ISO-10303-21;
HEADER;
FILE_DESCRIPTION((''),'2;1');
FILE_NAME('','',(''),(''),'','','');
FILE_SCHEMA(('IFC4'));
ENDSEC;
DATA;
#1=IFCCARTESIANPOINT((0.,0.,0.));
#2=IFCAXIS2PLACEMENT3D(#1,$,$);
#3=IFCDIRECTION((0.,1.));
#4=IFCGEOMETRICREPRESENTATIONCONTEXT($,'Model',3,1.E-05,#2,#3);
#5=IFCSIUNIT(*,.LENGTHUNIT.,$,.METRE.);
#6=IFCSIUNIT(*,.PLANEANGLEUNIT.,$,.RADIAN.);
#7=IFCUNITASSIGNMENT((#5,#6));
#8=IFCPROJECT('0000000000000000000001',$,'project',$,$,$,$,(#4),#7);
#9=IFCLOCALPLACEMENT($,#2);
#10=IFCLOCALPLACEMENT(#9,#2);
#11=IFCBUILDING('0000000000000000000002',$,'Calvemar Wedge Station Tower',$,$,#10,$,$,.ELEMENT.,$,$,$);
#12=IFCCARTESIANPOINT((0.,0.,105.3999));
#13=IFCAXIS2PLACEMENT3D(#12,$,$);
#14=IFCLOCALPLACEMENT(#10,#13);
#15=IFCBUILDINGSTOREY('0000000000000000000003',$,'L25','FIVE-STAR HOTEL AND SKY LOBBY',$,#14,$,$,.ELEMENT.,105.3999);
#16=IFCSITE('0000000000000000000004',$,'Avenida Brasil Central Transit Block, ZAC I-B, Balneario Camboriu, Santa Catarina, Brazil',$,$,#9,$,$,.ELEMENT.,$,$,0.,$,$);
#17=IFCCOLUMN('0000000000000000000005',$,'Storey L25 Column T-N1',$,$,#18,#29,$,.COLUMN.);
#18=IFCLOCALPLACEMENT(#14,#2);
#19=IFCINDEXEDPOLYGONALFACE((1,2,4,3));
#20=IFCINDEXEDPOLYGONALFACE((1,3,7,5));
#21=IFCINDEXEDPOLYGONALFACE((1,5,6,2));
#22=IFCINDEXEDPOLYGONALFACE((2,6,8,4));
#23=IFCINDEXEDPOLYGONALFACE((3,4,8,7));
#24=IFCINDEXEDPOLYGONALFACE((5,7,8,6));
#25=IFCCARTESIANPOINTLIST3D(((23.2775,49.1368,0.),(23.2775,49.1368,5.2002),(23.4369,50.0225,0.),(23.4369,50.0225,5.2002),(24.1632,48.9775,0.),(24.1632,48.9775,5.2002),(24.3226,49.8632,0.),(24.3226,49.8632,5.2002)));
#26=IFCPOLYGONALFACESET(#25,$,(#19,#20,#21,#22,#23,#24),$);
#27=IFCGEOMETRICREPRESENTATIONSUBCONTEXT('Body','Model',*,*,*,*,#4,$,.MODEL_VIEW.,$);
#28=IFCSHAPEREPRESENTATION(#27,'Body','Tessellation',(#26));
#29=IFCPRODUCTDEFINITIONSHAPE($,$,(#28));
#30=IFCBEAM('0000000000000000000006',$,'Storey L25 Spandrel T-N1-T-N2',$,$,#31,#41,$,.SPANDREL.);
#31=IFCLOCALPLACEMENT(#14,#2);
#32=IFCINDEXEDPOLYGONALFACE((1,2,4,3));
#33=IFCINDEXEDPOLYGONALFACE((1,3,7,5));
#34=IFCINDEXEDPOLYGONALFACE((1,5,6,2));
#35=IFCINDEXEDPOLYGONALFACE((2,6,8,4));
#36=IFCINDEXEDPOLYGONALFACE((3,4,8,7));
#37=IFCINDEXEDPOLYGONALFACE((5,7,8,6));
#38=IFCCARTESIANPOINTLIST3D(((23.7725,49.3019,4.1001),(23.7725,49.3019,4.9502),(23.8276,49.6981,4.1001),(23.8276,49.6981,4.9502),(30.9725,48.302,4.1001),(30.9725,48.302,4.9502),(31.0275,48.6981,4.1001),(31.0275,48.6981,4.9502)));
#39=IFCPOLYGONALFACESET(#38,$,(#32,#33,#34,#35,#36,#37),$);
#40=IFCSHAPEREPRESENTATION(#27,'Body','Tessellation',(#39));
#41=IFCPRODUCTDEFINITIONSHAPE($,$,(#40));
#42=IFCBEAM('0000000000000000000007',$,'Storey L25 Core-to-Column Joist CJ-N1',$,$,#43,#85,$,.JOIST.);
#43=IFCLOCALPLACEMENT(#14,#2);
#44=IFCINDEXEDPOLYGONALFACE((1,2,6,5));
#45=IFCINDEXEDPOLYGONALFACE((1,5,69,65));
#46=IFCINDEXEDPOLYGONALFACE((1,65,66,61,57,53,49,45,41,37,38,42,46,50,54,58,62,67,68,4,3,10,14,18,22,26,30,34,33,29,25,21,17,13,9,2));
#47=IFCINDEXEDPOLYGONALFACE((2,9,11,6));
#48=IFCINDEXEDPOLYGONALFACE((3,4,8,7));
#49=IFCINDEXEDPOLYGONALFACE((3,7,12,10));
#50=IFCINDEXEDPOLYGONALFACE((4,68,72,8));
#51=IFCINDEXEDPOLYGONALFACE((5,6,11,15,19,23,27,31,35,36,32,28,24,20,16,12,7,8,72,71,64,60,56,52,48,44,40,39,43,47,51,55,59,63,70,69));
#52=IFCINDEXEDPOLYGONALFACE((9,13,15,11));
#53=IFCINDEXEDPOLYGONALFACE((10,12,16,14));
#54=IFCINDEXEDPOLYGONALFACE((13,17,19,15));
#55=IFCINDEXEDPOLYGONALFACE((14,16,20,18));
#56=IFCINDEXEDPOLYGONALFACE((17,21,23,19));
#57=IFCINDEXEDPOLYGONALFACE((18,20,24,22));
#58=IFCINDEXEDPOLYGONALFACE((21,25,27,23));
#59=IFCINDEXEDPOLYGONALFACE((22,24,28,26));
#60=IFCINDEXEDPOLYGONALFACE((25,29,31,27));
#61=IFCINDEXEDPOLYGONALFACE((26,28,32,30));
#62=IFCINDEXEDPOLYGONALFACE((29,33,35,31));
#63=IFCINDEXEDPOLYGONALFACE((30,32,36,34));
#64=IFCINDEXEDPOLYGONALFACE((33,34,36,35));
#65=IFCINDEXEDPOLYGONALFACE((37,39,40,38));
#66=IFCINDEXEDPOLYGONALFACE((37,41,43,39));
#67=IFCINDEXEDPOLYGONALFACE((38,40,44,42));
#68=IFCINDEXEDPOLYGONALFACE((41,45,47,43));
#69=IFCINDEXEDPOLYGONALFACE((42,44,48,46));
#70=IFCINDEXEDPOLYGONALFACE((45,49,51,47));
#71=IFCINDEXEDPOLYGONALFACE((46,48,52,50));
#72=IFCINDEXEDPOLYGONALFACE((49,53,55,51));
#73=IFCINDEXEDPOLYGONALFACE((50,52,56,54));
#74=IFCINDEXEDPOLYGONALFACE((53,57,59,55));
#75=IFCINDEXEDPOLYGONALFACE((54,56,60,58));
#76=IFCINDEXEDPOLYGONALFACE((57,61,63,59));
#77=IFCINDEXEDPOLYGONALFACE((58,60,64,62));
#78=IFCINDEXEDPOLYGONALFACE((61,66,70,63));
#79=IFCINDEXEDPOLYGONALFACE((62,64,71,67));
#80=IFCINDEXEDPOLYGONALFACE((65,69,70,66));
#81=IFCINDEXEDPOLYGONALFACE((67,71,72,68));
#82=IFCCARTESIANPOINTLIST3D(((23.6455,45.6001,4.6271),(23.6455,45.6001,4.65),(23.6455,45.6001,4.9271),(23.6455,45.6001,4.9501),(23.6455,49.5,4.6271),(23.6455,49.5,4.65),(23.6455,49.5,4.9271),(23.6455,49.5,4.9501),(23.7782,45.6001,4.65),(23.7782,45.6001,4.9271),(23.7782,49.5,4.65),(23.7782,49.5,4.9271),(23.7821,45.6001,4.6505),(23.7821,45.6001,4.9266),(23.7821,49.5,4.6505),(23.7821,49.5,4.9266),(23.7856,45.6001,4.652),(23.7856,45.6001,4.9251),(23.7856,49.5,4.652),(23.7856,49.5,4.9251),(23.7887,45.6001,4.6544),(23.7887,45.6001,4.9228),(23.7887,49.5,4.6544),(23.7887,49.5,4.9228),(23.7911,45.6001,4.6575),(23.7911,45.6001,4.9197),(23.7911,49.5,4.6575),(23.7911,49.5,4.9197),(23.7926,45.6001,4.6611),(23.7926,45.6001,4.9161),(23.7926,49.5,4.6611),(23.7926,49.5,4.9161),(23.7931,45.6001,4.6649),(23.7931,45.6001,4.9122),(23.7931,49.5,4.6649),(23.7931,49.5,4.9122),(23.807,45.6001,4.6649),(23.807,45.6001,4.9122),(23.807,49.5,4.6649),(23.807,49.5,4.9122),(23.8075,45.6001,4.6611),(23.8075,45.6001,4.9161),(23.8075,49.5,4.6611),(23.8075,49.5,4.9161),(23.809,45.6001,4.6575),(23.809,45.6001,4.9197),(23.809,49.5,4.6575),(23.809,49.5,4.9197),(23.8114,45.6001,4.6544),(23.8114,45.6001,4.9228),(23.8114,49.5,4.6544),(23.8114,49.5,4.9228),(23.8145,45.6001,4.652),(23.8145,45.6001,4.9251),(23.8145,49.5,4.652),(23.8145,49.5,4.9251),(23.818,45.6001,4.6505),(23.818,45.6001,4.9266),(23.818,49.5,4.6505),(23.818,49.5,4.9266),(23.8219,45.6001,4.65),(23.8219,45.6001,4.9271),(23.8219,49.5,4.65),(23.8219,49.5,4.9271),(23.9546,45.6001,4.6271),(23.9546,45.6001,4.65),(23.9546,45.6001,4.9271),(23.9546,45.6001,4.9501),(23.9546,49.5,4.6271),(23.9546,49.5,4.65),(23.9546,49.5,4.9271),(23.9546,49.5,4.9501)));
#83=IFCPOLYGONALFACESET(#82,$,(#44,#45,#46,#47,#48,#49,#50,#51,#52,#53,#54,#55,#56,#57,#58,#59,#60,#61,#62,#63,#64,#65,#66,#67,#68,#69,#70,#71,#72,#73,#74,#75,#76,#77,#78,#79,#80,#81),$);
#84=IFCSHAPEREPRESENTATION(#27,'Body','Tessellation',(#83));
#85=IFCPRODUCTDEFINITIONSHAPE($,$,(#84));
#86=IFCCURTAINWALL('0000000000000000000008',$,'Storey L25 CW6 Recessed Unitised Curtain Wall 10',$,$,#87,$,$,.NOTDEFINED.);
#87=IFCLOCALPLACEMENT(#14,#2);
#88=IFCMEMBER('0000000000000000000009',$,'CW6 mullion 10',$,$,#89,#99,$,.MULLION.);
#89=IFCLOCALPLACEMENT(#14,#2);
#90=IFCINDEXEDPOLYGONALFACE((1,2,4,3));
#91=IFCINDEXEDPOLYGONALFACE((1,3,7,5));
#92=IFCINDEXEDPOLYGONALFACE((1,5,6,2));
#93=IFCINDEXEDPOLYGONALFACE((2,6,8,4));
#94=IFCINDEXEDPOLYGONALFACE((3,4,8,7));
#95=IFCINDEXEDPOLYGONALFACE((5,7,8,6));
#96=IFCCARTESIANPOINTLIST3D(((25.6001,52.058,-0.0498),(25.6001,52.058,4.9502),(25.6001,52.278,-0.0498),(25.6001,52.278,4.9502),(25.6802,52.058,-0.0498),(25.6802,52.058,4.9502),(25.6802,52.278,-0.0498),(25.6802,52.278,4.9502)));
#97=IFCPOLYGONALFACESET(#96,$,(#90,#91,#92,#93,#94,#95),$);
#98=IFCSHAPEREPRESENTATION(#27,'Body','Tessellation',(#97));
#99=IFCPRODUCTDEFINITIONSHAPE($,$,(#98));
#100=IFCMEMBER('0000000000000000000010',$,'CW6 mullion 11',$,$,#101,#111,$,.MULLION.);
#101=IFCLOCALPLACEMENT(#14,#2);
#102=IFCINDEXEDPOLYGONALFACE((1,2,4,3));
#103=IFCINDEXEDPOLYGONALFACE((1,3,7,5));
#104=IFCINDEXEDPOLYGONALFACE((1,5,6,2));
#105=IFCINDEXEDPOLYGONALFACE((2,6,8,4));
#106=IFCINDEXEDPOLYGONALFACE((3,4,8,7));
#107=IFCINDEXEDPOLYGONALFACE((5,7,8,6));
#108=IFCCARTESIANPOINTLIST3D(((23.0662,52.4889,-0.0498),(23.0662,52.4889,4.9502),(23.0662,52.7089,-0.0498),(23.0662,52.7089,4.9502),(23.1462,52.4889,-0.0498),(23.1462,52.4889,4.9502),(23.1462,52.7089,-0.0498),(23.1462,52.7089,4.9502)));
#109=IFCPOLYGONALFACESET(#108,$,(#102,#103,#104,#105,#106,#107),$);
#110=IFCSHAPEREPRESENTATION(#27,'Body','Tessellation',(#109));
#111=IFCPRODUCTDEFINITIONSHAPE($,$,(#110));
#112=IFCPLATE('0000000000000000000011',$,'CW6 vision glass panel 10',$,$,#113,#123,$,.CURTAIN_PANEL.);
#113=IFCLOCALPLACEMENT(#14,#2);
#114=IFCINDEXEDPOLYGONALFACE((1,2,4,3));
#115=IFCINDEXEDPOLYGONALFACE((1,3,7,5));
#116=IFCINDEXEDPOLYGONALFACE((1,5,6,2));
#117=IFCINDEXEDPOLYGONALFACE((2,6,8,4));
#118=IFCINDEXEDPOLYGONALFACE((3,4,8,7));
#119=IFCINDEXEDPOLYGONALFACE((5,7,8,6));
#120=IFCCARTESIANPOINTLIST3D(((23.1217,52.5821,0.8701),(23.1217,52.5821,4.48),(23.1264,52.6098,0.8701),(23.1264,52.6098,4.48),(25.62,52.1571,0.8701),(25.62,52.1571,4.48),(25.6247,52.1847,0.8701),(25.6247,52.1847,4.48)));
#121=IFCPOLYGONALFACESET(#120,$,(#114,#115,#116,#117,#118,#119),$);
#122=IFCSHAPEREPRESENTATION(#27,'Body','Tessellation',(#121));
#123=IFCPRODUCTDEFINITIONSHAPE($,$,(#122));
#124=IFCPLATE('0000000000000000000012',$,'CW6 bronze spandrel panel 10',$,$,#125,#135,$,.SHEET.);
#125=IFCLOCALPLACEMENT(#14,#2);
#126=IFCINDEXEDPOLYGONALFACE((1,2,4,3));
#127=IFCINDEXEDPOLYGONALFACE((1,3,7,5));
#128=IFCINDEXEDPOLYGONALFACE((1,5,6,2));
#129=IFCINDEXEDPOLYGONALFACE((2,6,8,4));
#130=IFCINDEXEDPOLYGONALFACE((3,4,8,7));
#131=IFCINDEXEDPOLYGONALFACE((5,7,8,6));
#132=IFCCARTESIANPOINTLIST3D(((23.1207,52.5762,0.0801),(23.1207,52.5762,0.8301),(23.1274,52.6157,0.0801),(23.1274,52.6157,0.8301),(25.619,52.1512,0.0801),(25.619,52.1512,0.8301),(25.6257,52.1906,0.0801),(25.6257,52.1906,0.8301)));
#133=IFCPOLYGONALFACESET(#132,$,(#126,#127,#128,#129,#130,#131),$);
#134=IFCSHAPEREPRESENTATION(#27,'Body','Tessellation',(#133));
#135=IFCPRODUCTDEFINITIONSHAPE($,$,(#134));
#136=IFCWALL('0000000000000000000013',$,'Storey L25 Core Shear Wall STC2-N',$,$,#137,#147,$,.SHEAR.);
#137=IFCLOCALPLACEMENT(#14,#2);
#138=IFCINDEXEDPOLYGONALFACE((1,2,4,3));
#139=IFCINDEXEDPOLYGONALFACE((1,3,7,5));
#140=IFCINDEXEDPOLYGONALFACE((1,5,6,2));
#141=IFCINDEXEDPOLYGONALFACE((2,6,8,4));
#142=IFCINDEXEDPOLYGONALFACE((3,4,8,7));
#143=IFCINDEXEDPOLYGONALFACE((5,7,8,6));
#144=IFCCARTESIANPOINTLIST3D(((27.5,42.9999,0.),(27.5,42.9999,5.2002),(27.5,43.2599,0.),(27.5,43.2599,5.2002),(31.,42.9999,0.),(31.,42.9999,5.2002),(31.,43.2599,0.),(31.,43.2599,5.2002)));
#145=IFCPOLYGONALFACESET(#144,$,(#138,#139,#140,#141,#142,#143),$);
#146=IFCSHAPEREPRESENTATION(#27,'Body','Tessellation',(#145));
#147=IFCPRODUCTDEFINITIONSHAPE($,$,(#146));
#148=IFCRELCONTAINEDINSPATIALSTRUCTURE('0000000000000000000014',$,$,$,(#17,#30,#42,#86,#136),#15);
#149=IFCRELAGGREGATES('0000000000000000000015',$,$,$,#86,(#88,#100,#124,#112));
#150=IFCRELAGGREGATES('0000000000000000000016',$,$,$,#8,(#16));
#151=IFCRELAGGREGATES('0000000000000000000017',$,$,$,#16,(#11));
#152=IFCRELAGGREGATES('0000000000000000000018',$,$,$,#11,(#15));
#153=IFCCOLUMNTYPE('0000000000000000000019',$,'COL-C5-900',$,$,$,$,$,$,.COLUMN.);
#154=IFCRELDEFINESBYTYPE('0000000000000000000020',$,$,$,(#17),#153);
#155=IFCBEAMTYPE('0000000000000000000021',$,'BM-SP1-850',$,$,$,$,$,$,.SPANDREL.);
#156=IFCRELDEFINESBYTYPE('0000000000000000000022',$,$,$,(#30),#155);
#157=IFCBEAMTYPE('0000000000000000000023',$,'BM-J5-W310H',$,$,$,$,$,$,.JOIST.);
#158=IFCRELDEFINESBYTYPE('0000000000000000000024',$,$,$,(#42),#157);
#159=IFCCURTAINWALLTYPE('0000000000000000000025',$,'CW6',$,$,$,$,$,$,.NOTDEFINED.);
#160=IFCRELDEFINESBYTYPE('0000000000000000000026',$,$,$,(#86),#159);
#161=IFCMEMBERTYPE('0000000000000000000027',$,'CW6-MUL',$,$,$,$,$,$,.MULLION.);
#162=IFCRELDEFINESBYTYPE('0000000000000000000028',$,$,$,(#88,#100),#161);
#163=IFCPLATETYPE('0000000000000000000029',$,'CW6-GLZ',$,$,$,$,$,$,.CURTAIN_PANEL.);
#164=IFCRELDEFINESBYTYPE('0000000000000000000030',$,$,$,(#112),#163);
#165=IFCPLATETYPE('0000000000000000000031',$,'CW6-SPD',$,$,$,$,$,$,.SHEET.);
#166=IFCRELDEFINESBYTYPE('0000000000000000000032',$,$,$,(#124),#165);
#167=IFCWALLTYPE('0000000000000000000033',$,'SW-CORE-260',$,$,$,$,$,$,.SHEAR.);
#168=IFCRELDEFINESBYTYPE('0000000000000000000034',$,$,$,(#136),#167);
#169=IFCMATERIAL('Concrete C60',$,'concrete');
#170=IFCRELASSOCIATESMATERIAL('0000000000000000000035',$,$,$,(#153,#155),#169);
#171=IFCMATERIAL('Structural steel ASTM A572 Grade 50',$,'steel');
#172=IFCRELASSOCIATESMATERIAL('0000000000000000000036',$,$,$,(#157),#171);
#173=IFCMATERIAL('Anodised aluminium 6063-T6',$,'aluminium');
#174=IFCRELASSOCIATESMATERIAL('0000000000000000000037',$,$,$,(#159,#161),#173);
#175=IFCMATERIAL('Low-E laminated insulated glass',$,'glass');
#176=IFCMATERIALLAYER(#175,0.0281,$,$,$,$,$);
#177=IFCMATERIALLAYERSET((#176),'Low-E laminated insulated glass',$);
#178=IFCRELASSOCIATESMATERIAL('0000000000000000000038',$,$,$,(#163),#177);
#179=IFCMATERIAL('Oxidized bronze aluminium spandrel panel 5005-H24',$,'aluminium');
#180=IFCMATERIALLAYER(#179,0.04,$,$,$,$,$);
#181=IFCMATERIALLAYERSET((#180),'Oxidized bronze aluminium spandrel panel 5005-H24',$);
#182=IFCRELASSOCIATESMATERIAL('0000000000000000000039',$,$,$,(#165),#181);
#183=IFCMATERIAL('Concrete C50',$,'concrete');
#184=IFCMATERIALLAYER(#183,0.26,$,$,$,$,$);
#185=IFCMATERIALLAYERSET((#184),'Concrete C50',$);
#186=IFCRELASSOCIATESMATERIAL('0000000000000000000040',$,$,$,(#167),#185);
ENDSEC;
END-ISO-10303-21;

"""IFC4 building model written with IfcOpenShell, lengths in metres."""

from ifc_helpers import new_model, si_unit, direction, frame, frame_2d, origin, origin_2d, place, context, subcontext, project, spatial, rectangle, i_section, extrude, source, transform, mapped, material, layer, layer_set, material_profile, profile_set, type_object, element, aggregate, save


model = new_model("IFC4")

# Units and contexts
model_context = context("Model", 3, precision=1e-05, world=origin(), true_north=direction((0.0, 1.0)))
body_context = subcontext(model_context, "Body", "Model", "MODEL_VIEW")
ifc_project = project(units=[si_unit("LENGTHUNIT", "METRE"), si_unit("PLANEANGLEUNIT", "RADIAN")], contexts=[model_context])

# Site, building, storey
site_placement = place(None, origin())
site = spatial("IfcSite", under=ifc_project, at=site_placement, Name="Avenida Brasil Central Transit Block, ZAC I-B, Balneario Camboriu, Santa Catarina, Brazil", CompositionType="ELEMENT", RefElevation=0.0)
building_placement = place(site_placement, origin())
building = spatial("IfcBuilding", under=site, at=building_placement, Name="Calvemar Wedge Station Tower", CompositionType="ELEMENT")
storey_placement = place(building_placement, frame((0.0, 0.0, 105.3999)))
storey = spatial("IfcBuildingStorey", under=building, at=storey_placement, Name="L25", Description="FIVE-STAR HOTEL AND SKY LOBBY", CompositionType="ELEMENT", Elevation=105.3999)

# Column
ifc_material_1 = material(Name="Concrete C60", Category="concrete")
ifc_material_profile_1 = material_profile(ifc_material_1, rectangle(XDim=0.8999, YDim=0.8999, at=origin_2d()), Name="RC900x900")
ifc_profile_set_1 = profile_set([ifc_material_profile_1], Name="Concrete C60")
column_type = type_object("IfcColumnType", Name="COL-C5-900", PredefinedType="COLUMN", material=ifc_profile_set_1)
shared_shape_1 = source(origin(), body_context, "Body", "SweptSolid", [
    extrude(rectangle(XDim=0.8999, YDim=0.8999, at=origin_2d()), origin(), (0.0, 0.0, 1.0), 5.2002),
])
column_placement = place(storey_placement, frame((23.8, 49.5, 0.0), z_axis=(0.0, 0.0, 1.0), x_axis=(0.984196, -0.177085, 0.0)))
element("IfcColumn", 1, at=column_placement, inside=storey, type_object=column_type, Name="Storey L25 Column T-N1", PredefinedType="COLUMN", context=body_context, shape_type="MappedRepresentation", body=[
    mapped(shared_shape_1, transform((0.0, 0.0, 0.0), scale=1.0)),
])

# Beams
ifc_material_profile_2 = material_profile(ifc_material_1, rectangle(XDim=0.3999, YDim=0.8501, at=origin_2d()), Name="RC400x850")
ifc_profile_set_2 = profile_set([ifc_material_profile_2], Name="Concrete C60")
beam_type_1 = type_object("IfcBeamType", Name="BM-SP1-850", PredefinedType="SPANDREL", material=ifc_profile_set_2)
shared_shape_2 = source(origin(), body_context, "Body", "SweptSolid", [
    extrude(rectangle(XDim=0.3999, YDim=0.8501, at=origin_2d()), origin(), (0.0, 0.0, 1.0), 7.269),
])
beam_1_placement = place(storey_placement, frame((23.8, 49.5, 4.5251), z_axis=(0.990492, -0.137569, 0.0), x_axis=(0.137569, 0.990492, 0.0)))
element("IfcBeam", 2, at=beam_1_placement, inside=storey, type_object=beam_type_1, Name="Storey L25 Spandrel T-N1-T-N2", PredefinedType="SPANDREL", context=body_context, shape_type="MappedRepresentation", body=[
    mapped(shared_shape_2, transform((0.0, 0.0, 0.0), scale=1.0)),
])
ifc_material_2 = material(Name="Structural steel ASTM A572 Grade 50", Category="steel")
ifc_material_profile_3 = material_profile(ifc_material_2, i_section(OverallWidth=0.3091, OverallDepth=0.323, WebThickness=0.0139, FlangeThickness=0.0229, FilletRadius=0.0149, at=origin_2d()), Name="W310x143")
ifc_profile_set_3 = profile_set([ifc_material_profile_3], Name="Structural steel ASTM A572 Grade 50")
beam_type_2 = type_object("IfcBeamType", Name="BM-J5-W310H", PredefinedType="JOIST", material=ifc_profile_set_3)
shared_shape_3 = source(origin(), body_context, "Body", "SweptSolid", [
    extrude(i_section(OverallWidth=0.3091, OverallDepth=0.323, WebThickness=0.0139, FlangeThickness=0.0229, FilletRadius=0.0149, at=origin_2d()), origin(), (0.0, 0.0, 1.0), 3.8999),
])
beam_2_placement = place(storey_placement, frame((23.8, 45.6001, 4.7886), z_axis=(0.0, 1.0, 0.0), x_axis=(-1.0, 0.0, 0.0)))
element("IfcBeam", 3, at=beam_2_placement, inside=storey, type_object=beam_type_2, Name="Storey L25 Core-to-Column Joist CJ-N1", PredefinedType="JOIST", context=body_context, shape_type="MappedRepresentation", body=[
    mapped(shared_shape_3, transform((0.0, 0.0, 0.0), scale=1.0)),
])

# Curtain wall, members, plates
ifc_material_3 = material(Name="Anodised aluminium 6063-T6", Category="aluminium")
curtain_wall_type = type_object("IfcCurtainWallType", Name="CW6", PredefinedType="NOTDEFINED", material=ifc_material_3)
curtain_wall_placement = place(storey_placement, origin())
curtain_wall = element("IfcCurtainWall", 4, at=curtain_wall_placement, inside=storey, type_object=curtain_wall_type, Name="Storey L25 CW6 Recessed Unitised Curtain Wall 10", PredefinedType="NOTDEFINED")
ifc_material_profile_4 = material_profile(ifc_material_3, rectangle(XDim=0.0801, YDim=0.22, at=origin_2d()), Name="AL-MUL-80x220")
ifc_profile_set_4 = profile_set([ifc_material_profile_4], Name="Anodised aluminium 6063-T6")
member_type = type_object("IfcMemberType", Name="CW6-MUL", PredefinedType="MULLION", material=ifc_profile_set_4)
shared_shape_4 = source(origin(), body_context, "Body", "SweptSolid", [
    extrude(rectangle(XDim=0.0801, YDim=0.22, at=origin_2d()), origin(), (0.0, 0.0, 1.0), 5.0),
])
member_1_placement = place(storey_placement, frame((25.6401, 52.168, -0.0498), z_axis=(0.0, 0.0, 1.0), x_axis=(1.0, 0.0, 0.0)))
member_1 = element("IfcMember", 5, at=member_1_placement, type_object=member_type, Name="CW6 mullion 10", PredefinedType="MULLION", context=body_context, shape_type="MappedRepresentation", body=[
    mapped(shared_shape_4, transform((0.0, 0.0, 0.0), scale=1.0)),
])
member_2_placement = place(storey_placement, frame((23.1062, 52.5989, -0.0498), z_axis=(0.0, 0.0, 1.0), x_axis=(1.0, 0.0, 0.0)))
member_2 = element("IfcMember", 6, at=member_2_placement, type_object=member_type, Name="CW6 mullion 11", PredefinedType="MULLION", context=body_context, shape_type="MappedRepresentation", body=[
    mapped(shared_shape_4, transform((0.0, 0.0, 0.0), scale=1.0)),
])
ifc_material_4 = material(Name="Low-E laminated insulated glass", Category="glass")
ifc_layer_1 = layer(ifc_material_4, 0.0281)
ifc_layer_set_1 = layer_set([ifc_layer_1], Name="Low-E laminated insulated glass")
plate_type_1 = type_object("IfcPlateType", Name="CW6-GLZ", PredefinedType="CURTAIN_PANEL", material=ifc_layer_set_1)
plate_1_placement = place(storey_placement, frame((25.6223, 52.1709, 0.8701), z_axis=(0.0, 0.0, 1.0), x_axis=(-0.985834, 0.167726, 0.0)))
plate_1 = element("IfcPlate", 7, at=plate_1_placement, type_object=plate_type_1, Name="CW6 vision glass panel 10", PredefinedType="CURTAIN_PANEL", context=body_context, shape_type="SweptSolid", body=[
    extrude(rectangle(XDim=2.5342, YDim=0.0281, at=frame_2d((1.2671, 0.0))), origin(), (0.0, 0.0, 1.0), 3.6099),
])
ifc_material_5 = material(Name="Oxidized bronze aluminium spandrel panel 5005-H24", Category="aluminium")
ifc_layer_2 = layer(ifc_material_5, 0.04)
ifc_layer_set_2 = layer_set([ifc_layer_2], Name="Oxidized bronze aluminium spandrel panel 5005-H24")
plate_type_2 = type_object("IfcPlateType", Name="CW6-SPD", PredefinedType="SHEET", material=ifc_layer_set_2)
plate_2_placement = place(storey_placement, frame((25.6223, 52.1709, 0.0801), z_axis=(0.0, 0.0, 1.0), x_axis=(-0.985834, 0.167726, 0.0)))
plate_2 = element("IfcPlate", 8, at=plate_2_placement, type_object=plate_type_2, Name="CW6 bronze spandrel panel 10", PredefinedType="SHEET", context=body_context, shape_type="SweptSolid", body=[
    extrude(rectangle(XDim=2.5342, YDim=0.04, at=frame_2d((1.2671, 0.0))), origin(), (0.0, 0.0, 1.0), 0.75),
])
aggregate(curtain_wall, [member_1, member_2, plate_2, plate_1])

# Wall
ifc_material_6 = material(Name="Concrete C50", Category="concrete")
ifc_layer_3 = layer(ifc_material_6, 0.26)
ifc_layer_set_3 = layer_set([ifc_layer_3], Name="Concrete C50")
wall_type_1 = type_object("IfcWallType", Name="SW-CORE-260", PredefinedType="SHEAR", material=ifc_layer_set_3)
wall_1_placement = place(storey_placement, frame((27.5, 43.1299, 0.0), z_axis=(0.0, 0.0, 1.0), x_axis=(1.0, 0.0, 0.0)))
element("IfcWall", 9, at=wall_1_placement, inside=storey, type_object=wall_type_1, Name="Storey L25 Core Shear Wall STC2-N", PredefinedType="SHEAR", context=body_context, shape_type="SweptSolid", body=[
    extrude(rectangle(XDim=3.5, YDim=0.26, at=frame_2d((1.75, 0.0))), origin(), (0.0, 0.0, 1.0), 5.2002),
])

save(model, "model.ifc")
